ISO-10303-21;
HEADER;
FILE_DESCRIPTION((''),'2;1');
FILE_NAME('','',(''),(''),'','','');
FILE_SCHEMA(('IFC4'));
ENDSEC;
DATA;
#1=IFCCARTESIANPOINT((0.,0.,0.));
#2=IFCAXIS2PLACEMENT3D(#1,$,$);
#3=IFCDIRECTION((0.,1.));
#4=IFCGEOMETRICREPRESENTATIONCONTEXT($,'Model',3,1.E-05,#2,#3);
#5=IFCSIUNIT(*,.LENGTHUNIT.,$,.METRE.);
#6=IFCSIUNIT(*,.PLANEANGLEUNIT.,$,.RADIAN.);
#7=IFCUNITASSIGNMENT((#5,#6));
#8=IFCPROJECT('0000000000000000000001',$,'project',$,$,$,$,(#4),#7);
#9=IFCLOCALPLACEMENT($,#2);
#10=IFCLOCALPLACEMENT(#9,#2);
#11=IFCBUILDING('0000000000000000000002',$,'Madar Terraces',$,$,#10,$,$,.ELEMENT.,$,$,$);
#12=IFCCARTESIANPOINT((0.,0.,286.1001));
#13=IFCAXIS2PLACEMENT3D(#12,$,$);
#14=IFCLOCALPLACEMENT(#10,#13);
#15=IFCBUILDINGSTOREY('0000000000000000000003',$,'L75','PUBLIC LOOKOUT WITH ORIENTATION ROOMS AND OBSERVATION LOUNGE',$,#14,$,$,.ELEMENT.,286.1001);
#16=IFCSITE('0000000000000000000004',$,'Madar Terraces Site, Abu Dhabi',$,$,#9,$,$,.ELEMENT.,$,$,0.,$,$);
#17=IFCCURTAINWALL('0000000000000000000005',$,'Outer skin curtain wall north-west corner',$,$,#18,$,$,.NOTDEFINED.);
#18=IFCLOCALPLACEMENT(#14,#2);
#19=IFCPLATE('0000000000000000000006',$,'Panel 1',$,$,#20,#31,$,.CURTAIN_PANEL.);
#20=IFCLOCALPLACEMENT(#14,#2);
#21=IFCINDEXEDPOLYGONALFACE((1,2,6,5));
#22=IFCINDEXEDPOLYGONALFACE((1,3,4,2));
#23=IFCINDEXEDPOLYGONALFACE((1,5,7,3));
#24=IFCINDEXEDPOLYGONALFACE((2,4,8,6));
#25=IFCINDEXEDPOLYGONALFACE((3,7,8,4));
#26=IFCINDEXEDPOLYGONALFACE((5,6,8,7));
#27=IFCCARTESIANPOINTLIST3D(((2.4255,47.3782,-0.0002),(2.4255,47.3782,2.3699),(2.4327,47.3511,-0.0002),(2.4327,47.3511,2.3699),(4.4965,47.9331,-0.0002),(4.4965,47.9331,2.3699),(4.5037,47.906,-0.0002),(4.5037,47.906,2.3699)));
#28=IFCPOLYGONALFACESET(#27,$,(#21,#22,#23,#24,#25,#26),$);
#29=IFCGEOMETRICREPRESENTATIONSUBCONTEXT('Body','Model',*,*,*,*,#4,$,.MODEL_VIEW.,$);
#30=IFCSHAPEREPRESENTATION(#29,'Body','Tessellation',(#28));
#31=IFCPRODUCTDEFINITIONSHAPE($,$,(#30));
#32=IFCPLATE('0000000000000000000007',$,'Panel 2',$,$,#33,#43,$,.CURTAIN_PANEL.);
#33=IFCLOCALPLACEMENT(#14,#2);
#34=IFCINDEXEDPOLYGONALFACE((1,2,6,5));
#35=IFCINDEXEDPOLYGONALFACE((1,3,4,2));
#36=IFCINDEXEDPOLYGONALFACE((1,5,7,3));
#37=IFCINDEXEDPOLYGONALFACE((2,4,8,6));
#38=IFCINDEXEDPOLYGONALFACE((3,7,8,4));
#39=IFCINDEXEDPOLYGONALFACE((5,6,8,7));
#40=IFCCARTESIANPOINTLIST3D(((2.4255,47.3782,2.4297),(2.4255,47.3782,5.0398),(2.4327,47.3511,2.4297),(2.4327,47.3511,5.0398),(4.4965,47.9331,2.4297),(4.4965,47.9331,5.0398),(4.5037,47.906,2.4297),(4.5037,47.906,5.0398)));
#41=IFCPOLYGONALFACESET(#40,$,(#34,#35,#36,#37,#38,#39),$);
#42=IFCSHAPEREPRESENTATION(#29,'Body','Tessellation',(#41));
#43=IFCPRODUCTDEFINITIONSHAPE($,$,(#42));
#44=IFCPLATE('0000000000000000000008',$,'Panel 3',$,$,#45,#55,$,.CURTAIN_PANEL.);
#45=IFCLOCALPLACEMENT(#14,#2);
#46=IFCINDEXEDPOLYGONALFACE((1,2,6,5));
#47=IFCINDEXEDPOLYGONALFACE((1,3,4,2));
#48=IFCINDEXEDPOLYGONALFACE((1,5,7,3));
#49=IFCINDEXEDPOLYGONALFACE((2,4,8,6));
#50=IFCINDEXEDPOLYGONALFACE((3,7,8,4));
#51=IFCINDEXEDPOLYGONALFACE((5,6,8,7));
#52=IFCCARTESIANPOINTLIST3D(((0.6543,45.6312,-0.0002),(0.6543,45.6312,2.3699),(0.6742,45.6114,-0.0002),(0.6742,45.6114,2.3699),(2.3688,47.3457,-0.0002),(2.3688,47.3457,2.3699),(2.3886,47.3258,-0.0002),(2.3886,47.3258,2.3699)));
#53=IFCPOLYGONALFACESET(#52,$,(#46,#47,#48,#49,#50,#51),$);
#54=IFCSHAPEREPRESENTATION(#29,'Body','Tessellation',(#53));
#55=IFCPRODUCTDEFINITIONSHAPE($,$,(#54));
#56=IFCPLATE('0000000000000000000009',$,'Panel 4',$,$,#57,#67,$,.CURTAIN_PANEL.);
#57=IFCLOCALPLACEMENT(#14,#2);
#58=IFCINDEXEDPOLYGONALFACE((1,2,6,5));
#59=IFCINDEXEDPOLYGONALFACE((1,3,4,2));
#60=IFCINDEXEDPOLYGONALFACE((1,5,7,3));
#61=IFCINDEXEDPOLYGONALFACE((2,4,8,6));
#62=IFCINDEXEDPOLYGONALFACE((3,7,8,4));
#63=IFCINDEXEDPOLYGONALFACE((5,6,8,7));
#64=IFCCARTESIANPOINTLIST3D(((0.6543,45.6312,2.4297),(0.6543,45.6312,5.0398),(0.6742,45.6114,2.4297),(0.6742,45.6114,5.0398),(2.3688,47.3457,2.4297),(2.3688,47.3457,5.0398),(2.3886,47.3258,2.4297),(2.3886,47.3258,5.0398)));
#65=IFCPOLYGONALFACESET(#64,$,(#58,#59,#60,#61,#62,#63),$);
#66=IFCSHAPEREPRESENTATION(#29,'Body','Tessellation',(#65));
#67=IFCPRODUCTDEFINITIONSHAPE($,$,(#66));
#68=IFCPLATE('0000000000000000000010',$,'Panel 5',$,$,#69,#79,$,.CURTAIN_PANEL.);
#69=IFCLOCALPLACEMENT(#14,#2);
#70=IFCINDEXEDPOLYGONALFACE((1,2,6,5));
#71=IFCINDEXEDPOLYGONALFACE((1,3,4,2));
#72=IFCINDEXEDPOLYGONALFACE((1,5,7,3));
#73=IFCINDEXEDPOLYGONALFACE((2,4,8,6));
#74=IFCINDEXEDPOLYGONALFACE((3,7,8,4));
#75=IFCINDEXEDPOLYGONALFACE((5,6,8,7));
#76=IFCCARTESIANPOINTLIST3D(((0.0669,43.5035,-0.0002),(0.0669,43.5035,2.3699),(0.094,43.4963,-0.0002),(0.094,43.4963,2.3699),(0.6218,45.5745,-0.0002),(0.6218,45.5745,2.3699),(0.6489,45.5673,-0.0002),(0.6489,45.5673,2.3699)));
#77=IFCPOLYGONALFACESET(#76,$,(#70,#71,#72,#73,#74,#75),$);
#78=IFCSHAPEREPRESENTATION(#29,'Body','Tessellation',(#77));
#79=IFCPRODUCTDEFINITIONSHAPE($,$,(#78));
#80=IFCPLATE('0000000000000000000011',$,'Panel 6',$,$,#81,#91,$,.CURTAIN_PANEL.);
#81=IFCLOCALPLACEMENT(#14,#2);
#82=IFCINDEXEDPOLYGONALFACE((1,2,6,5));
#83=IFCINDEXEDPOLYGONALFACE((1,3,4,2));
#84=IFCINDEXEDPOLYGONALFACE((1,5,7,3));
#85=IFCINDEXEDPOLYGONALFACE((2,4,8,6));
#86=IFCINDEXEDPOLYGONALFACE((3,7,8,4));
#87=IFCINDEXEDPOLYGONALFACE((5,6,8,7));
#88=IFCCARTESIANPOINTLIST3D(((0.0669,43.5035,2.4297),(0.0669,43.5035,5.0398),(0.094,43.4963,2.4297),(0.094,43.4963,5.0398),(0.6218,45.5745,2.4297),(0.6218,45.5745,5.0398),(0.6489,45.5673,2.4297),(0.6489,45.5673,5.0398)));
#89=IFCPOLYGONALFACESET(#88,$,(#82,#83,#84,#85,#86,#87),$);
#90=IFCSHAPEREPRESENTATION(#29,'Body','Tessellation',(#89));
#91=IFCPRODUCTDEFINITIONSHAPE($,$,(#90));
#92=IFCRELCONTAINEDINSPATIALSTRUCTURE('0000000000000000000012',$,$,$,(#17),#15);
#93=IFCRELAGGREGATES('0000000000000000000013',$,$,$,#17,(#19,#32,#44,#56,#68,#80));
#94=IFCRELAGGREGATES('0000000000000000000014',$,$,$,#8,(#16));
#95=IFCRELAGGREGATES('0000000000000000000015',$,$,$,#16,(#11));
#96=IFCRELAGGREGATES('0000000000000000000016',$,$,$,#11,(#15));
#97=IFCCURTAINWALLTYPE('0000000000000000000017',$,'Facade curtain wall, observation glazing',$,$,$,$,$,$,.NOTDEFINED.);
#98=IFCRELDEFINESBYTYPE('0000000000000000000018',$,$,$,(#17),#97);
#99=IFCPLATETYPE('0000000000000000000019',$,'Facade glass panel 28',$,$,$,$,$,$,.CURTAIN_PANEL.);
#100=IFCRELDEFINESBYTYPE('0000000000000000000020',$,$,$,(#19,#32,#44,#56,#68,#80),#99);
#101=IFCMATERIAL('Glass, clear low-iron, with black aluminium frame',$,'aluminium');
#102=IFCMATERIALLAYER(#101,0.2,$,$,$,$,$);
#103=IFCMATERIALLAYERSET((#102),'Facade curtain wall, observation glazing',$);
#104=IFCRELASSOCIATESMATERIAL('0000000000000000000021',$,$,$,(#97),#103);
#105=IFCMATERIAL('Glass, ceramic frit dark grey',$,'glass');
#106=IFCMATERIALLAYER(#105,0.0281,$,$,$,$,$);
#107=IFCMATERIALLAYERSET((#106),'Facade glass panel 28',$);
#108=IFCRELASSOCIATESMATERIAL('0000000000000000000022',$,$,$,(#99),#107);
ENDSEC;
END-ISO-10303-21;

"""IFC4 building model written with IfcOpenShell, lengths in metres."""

from ifc_helpers import new_model, si_unit, direction, frame, origin, origin_2d, place, context, subcontext, project, spatial, rectangle, extrude, material, layer, layer_set, type_object, element, aggregate, save


model = new_model("IFC4")

# Units and contexts
model_context = context("Model", 3, precision=1e-05, world=origin(), true_north=direction((0.0, 1.0)))
body_context = subcontext(model_context, "Body", "Model", "MODEL_VIEW")
ifc_project = project(units=[si_unit("LENGTHUNIT", "METRE"), si_unit("PLANEANGLEUNIT", "RADIAN")], contexts=[model_context])

# Site, building, storey
site_placement = place(None, origin())
site = spatial("IfcSite", under=ifc_project, at=site_placement, Name="Madar Terraces Site, Abu Dhabi", CompositionType="ELEMENT", RefElevation=0.0)
building_placement = place(site_placement, origin())
building = spatial("IfcBuilding", under=site, at=building_placement, Name="Madar Terraces", CompositionType="ELEMENT")
storey_placement = place(building_placement, frame((0.0, 0.0, 286.1001)))
storey = spatial("IfcBuildingStorey", under=building, at=storey_placement, Name="L75", Description="PUBLIC LOOKOUT WITH ORIENTATION ROOMS AND OBSERVATION LOUNGE", CompositionType="ELEMENT", Elevation=286.1001)

# Curtain wall
ifc_material_1 = material(Name="Glass, clear low-iron, with black aluminium frame", Category="aluminium")
ifc_layer_1 = layer(ifc_material_1, 0.2)
ifc_layer_set_1 = layer_set([ifc_layer_1], Name="Facade curtain wall, observation glazing")
curtain_wall_type = type_object("IfcCurtainWallType", Name="Facade curtain wall, observation glazing", PredefinedType="NOTDEFINED", material=ifc_layer_set_1)
curtain_wall_1_placement = place(storey_placement, origin())
curtain_wall_1 = element("IfcCurtainWall", 1, at=curtain_wall_1_placement, inside=storey, type_object=curtain_wall_type, Name="Outer skin curtain wall north-west corner", PredefinedType="NOTDEFINED")

# Shared definitions
ifc_material_2 = material(Name="Glass, ceramic frit dark grey", Category="glass")
ifc_layer_2 = layer(ifc_material_2, 0.0281)
ifc_layer_set_2 = layer_set([ifc_layer_2], Name="Facade glass panel 28")
plate_type = type_object("IfcPlateType", Name="Facade glass panel 28", PredefinedType="CURTAIN_PANEL", material=ifc_layer_set_2)

# Plates
plate_1_placement = place(storey_placement, frame((3.4646, 47.6421, -0.0002), z_axis=(0.0, 0.0, 1.0), x_axis=(-0.965926, -0.258819, 0.0)))
plate_1 = element("IfcPlate", 2, at=plate_1_placement, type_object=plate_type, Name="Panel 1", PredefinedType="CURTAIN_PANEL", context=body_context, shape_type="SweptSolid", body=[
    extrude(rectangle(XDim=2.144, YDim=0.0281, at=origin_2d()), origin(), (0.0, 0.0, 1.0), 2.3701),
])
plate_2_placement = place(storey_placement, frame((3.4646, 47.6421, 2.4297), z_axis=(0.0, 0.0, 1.0), x_axis=(-0.965926, -0.258819, 0.0)))
plate_2 = element("IfcPlate", 3, at=plate_2_placement, type_object=plate_type, Name="Panel 2", PredefinedType="CURTAIN_PANEL", context=body_context, shape_type="SweptSolid", body=[
    extrude(rectangle(XDim=2.144, YDim=0.0281, at=origin_2d()), origin(), (0.0, 0.0, 1.0), 2.6101),
])
plate_3_placement = place(storey_placement, frame((1.5215, 46.4785, -0.0002), z_axis=(0.0, 0.0, 1.0), x_axis=(-0.707107, -0.707107, 0.0)))
plate_3 = element("IfcPlate", 4, at=plate_3_placement, type_object=plate_type, Name="Panel 3", PredefinedType="CURTAIN_PANEL", context=body_context, shape_type="SweptSolid", body=[
    extrude(rectangle(XDim=2.4246, YDim=0.0281, at=origin_2d()), origin(), (0.0, 0.0, 1.0), 2.3701),
])
plate_4_placement = place(storey_placement, frame((1.5215, 46.4785, 2.4297), z_axis=(0.0, 0.0, 1.0), x_axis=(-0.707107, -0.707107, 0.0)))
plate_4 = element("IfcPlate", 5, at=plate_4_placement, type_object=plate_type, Name="Panel 4", PredefinedType="CURTAIN_PANEL", context=body_context, shape_type="SweptSolid", body=[
    extrude(rectangle(XDim=2.4246, YDim=0.0281, at=origin_2d()), origin(), (0.0, 0.0, 1.0), 2.6101),
])
plate_5_placement = place(storey_placement, frame((0.3579, 44.5354, -0.0002), z_axis=(0.0, 0.0, 1.0), x_axis=(-0.258819, -0.965926, 0.0)))
plate_5 = element("IfcPlate", 6, at=plate_5_placement, type_object=plate_type, Name="Panel 5", PredefinedType="CURTAIN_PANEL", context=body_context, shape_type="SweptSolid", body=[
    extrude(rectangle(XDim=2.144, YDim=0.0281, at=origin_2d()), origin(), (0.0, 0.0, 1.0), 2.3701),
])
plate_6_placement = place(storey_placement, frame((0.3579, 44.5354, 2.4297), z_axis=(0.0, 0.0, 1.0), x_axis=(-0.258819, -0.965926, 0.0)))
plate_6 = element("IfcPlate", 7, at=plate_6_placement, type_object=plate_type, Name="Panel 6", PredefinedType="CURTAIN_PANEL", context=body_context, shape_type="SweptSolid", body=[
    extrude(rectangle(XDim=2.144, YDim=0.0281, at=origin_2d()), origin(), (0.0, 0.0, 1.0), 2.6101),
])
aggregate(curtain_wall_1, [plate_1, plate_2, plate_3, plate_4, plate_5, plate_6])

save(model, "model.ifc")
